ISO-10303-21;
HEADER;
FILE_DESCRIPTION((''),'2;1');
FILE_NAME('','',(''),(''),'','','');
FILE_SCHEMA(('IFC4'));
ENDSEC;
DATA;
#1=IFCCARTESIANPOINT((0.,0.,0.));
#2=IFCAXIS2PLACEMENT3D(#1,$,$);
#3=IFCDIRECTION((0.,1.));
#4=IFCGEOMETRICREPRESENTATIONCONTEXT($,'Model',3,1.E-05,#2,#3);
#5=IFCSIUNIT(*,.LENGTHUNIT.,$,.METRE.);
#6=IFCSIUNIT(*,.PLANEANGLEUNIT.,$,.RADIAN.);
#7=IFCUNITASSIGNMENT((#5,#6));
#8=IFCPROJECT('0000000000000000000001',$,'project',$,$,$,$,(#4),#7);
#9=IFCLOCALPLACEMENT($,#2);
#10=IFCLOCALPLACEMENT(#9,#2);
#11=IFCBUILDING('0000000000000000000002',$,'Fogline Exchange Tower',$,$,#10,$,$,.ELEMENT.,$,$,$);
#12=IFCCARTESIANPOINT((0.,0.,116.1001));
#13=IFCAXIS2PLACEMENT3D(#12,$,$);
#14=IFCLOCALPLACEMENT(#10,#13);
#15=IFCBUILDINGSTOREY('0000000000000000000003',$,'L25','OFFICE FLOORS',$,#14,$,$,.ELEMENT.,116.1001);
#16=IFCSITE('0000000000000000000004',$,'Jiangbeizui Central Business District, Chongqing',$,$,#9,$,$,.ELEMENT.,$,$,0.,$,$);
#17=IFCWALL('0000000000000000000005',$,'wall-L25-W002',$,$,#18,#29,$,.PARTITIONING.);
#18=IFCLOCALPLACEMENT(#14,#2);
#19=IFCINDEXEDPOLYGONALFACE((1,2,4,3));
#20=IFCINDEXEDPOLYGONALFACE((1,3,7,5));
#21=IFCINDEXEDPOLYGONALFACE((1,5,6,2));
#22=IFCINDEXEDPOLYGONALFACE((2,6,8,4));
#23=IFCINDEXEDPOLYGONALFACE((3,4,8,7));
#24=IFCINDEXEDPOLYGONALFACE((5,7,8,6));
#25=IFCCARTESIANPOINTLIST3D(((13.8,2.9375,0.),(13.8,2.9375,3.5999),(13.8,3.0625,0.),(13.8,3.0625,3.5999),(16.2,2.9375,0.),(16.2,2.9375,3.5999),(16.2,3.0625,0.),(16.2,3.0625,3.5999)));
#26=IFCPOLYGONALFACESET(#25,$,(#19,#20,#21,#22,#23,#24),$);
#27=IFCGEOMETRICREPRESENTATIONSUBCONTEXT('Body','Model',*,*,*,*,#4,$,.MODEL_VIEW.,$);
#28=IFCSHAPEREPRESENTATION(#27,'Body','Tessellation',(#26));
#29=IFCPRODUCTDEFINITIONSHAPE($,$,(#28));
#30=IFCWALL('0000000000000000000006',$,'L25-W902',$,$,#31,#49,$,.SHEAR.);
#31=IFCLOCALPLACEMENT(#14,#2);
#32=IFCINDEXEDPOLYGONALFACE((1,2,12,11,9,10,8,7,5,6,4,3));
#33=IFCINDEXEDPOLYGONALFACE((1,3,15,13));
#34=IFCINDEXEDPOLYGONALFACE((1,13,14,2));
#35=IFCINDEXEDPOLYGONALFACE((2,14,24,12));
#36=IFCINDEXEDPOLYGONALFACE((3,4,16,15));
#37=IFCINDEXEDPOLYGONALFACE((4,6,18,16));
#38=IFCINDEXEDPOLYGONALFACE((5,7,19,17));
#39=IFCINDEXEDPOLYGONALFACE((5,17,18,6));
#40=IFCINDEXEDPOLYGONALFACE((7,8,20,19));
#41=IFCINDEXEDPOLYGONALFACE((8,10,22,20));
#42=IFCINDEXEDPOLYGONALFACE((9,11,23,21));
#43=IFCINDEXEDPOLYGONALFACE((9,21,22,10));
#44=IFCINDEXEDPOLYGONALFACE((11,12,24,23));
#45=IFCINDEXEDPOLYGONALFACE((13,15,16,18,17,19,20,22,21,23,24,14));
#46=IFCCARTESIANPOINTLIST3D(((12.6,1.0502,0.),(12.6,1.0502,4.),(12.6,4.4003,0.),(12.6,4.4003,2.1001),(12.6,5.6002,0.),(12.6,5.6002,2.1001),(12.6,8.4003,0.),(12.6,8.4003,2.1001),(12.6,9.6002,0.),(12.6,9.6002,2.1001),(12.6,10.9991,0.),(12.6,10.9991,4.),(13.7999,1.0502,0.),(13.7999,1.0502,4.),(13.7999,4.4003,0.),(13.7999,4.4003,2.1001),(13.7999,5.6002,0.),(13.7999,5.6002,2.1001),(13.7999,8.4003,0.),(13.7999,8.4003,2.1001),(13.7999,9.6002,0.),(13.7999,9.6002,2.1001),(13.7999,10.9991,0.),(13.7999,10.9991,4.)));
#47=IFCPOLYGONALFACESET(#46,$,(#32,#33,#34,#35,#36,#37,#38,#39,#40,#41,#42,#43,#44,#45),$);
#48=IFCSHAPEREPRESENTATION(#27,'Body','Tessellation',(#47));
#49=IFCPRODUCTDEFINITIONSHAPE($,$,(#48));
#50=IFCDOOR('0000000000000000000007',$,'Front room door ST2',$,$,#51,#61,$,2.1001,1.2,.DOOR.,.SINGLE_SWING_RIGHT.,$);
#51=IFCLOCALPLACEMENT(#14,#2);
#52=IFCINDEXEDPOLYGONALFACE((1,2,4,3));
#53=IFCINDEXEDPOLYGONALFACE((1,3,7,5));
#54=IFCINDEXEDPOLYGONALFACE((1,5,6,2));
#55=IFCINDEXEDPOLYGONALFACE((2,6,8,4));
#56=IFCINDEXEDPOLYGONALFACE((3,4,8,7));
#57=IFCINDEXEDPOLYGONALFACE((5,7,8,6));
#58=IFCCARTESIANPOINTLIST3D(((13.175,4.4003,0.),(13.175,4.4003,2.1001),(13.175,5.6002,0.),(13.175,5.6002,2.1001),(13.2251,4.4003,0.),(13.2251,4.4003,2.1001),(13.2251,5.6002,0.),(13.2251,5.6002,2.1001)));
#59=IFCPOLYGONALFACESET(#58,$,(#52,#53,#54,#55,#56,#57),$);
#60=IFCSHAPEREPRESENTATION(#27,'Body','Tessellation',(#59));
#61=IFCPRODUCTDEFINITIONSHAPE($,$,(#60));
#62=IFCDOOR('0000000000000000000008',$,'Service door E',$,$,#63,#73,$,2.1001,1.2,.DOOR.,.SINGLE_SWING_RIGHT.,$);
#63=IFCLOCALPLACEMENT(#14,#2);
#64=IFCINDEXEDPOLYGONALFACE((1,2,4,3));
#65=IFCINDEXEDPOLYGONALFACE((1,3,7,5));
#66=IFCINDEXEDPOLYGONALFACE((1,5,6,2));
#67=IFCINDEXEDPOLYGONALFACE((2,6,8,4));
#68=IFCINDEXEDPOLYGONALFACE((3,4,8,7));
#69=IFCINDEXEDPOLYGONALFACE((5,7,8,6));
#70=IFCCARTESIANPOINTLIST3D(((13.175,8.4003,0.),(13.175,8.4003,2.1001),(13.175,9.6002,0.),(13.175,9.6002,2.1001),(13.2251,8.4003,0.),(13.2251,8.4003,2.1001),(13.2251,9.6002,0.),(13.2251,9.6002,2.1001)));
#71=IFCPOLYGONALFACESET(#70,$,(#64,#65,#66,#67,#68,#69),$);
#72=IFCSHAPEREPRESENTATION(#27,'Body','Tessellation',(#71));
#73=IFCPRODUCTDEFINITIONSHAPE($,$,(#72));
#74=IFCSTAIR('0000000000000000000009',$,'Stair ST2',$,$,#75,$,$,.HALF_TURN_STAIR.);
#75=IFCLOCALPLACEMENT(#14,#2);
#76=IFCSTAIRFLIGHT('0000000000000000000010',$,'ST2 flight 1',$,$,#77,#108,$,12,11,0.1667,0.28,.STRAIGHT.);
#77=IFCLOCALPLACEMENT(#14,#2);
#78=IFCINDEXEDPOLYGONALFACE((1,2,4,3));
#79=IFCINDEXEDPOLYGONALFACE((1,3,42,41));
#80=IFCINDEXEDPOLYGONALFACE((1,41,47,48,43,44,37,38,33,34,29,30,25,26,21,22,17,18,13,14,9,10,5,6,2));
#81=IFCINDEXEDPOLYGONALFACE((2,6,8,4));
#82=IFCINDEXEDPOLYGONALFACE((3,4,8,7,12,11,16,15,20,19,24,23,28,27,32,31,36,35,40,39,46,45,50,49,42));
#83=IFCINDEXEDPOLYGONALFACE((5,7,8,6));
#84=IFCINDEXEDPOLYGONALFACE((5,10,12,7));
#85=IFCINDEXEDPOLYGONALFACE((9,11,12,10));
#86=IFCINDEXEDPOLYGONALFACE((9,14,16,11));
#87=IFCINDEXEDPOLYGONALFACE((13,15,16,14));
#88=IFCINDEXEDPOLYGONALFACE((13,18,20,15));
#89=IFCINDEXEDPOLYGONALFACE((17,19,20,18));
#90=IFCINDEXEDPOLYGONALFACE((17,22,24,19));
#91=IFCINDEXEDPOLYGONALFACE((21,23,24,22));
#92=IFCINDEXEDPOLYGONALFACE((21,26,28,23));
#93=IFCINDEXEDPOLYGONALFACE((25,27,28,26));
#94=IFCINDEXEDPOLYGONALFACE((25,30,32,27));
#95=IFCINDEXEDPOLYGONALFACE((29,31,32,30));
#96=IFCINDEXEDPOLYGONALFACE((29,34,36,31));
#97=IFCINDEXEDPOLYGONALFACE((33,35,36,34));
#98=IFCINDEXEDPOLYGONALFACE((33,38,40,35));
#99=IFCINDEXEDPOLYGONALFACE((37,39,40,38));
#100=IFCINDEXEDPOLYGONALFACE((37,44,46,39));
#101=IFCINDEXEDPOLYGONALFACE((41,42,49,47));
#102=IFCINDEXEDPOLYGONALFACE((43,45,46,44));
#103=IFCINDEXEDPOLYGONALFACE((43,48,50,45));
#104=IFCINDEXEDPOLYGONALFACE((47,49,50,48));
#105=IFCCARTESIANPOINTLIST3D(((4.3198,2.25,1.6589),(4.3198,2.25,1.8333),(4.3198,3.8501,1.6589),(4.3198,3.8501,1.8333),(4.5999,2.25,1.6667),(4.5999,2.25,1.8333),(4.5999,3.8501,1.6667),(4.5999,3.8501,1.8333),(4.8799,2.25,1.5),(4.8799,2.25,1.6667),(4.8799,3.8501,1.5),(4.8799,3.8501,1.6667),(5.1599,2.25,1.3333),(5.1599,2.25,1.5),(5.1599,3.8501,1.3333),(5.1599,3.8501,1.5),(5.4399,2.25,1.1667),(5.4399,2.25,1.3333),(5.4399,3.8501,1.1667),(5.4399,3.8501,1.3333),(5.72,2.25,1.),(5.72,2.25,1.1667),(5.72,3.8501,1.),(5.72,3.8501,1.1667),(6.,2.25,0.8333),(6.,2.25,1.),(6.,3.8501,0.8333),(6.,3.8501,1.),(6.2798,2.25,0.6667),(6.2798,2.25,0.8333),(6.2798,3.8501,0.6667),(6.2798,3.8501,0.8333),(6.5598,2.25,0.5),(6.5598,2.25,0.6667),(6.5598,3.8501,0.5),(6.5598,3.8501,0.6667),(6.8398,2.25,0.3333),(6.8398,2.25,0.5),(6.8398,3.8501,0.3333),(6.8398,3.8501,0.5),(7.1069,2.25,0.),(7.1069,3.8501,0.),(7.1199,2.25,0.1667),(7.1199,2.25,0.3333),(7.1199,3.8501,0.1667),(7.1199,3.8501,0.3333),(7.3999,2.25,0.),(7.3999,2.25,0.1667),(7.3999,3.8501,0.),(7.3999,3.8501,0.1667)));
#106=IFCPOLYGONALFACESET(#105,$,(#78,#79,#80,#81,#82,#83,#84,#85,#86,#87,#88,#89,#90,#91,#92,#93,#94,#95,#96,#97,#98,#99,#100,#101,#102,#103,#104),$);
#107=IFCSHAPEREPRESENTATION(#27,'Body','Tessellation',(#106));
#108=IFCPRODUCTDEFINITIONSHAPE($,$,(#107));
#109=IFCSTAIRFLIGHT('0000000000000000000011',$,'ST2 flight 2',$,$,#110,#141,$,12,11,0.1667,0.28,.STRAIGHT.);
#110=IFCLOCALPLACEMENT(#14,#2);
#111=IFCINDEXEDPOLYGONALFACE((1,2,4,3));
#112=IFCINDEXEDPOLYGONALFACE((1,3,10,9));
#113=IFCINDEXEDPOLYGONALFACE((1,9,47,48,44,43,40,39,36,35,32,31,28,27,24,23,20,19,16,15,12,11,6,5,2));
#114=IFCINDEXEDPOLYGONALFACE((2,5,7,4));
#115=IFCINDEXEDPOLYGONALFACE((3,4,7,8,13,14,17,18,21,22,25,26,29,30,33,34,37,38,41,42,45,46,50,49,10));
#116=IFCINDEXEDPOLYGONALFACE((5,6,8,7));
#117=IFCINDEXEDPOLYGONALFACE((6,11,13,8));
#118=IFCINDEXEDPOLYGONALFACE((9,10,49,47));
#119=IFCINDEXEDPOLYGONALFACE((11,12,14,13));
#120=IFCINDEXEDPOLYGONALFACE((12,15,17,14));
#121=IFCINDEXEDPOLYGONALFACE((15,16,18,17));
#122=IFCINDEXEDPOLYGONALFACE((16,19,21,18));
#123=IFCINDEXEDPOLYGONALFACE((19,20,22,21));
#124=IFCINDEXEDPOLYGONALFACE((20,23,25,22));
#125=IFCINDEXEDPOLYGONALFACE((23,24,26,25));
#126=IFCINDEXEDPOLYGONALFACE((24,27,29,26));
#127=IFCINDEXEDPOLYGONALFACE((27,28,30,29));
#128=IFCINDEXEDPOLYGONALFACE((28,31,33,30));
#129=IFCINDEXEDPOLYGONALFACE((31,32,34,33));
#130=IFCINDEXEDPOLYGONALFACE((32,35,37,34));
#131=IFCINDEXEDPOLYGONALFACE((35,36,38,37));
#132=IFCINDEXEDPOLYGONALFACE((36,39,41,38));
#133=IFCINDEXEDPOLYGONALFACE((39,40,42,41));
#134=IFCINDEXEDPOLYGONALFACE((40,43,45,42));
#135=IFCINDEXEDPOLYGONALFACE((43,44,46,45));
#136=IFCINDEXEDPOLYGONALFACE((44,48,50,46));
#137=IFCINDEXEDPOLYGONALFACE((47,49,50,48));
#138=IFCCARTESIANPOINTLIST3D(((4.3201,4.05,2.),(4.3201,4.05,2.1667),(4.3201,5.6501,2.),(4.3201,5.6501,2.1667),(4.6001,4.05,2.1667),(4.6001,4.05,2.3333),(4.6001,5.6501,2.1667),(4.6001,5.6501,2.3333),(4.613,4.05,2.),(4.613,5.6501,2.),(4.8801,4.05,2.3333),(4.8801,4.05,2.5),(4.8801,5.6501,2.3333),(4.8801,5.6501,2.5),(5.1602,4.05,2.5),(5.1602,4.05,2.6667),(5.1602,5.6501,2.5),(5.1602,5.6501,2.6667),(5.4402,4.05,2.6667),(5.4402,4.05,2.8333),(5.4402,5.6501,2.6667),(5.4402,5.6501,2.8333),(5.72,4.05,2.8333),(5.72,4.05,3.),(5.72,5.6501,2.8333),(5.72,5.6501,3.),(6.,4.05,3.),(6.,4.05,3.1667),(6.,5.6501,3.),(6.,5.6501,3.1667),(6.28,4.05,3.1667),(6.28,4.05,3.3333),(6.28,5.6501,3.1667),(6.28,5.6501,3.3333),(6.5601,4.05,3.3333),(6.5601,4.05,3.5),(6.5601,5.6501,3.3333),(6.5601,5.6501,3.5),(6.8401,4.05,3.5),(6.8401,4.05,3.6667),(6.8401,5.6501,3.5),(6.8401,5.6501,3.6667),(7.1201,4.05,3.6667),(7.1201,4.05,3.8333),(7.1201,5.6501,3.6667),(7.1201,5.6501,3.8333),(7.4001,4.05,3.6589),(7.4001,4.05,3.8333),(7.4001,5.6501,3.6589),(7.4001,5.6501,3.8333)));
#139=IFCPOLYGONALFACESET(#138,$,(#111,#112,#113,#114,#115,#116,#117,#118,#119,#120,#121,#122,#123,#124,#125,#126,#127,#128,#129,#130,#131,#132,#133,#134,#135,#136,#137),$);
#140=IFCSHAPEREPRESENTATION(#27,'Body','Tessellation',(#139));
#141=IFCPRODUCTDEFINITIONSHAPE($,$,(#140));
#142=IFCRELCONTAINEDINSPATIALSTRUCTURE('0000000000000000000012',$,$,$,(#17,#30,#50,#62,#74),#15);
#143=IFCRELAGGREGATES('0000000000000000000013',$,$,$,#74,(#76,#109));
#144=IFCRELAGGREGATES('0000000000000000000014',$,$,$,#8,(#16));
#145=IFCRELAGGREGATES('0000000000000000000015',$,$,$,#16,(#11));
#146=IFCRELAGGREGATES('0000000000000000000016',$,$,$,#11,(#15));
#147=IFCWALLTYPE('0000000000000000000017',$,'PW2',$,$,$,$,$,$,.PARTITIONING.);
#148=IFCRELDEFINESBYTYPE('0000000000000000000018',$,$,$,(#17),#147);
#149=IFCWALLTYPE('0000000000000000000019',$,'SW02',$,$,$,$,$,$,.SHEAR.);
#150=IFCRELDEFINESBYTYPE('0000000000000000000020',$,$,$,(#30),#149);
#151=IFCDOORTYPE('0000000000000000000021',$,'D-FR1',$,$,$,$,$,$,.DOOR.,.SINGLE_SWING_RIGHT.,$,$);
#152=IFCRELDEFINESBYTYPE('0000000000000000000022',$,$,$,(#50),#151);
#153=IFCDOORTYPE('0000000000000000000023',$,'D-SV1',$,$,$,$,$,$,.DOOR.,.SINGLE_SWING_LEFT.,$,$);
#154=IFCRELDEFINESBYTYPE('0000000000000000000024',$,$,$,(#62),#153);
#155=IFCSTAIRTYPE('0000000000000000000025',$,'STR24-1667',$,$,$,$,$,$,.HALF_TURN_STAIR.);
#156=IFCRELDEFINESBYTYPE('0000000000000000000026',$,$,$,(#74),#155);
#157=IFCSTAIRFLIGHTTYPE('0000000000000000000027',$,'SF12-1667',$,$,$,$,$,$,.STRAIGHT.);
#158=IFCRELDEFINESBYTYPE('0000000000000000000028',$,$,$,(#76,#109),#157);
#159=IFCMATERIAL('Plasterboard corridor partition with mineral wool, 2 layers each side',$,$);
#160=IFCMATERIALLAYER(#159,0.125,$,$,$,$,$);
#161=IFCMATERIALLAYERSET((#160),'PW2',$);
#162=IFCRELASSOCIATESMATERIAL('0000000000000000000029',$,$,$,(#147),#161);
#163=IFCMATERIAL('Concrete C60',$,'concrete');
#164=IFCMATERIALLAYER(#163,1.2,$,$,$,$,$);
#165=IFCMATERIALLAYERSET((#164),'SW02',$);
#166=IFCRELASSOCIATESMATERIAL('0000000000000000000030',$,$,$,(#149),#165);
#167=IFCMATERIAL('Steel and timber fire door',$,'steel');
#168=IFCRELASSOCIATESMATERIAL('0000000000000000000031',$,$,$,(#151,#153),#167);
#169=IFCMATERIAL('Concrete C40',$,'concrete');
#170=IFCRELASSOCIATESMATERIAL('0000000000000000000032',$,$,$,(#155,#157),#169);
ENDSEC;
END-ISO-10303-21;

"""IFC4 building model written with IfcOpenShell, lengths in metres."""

from ifc_helpers import new_model, si_unit, direction, frame, frame_2d, origin, place, context, subcontext, project, spatial, polyline, rectangle, outline, extrude, material, layer, layer_set, type_object, element, fill, aggregate, save


model = new_model("IFC4")

# Units and contexts
model_context = context("Model", 3, precision=1e-05, world=origin(), true_north=direction((0.0, 1.0)))
body_context = subcontext(model_context, "Body", "Model", "MODEL_VIEW")
ifc_project = project(units=[si_unit("LENGTHUNIT", "METRE"), si_unit("PLANEANGLEUNIT", "RADIAN")], contexts=[model_context])

# Site, building, storey
site_placement = place(None, origin())
site = spatial("IfcSite", under=ifc_project, at=site_placement, Name="Jiangbeizui Central Business District, Chongqing", CompositionType="ELEMENT", RefElevation=0.0)
building_placement = place(site_placement, origin())
building = spatial("IfcBuilding", under=site, at=building_placement, Name="Fogline Exchange Tower", CompositionType="ELEMENT")
storey_placement = place(building_placement, frame((0.0, 0.0, 116.1001)))
storey = spatial("IfcBuildingStorey", under=building, at=storey_placement, Name="L25", Description="OFFICE FLOORS", CompositionType="ELEMENT", Elevation=116.1001)

# Shared definitions
ifc_material_1 = material(Name="Concrete C40", Category="concrete")

# Shared definitions
ifc_material_2 = material(Name="Steel and timber fire door", Category="steel")

# Shared definitions
ifc_material_3 = material(Name="Concrete C60", Category="concrete")

# Shared definitions
ifc_material_4 = material(Name="Plasterboard corridor partition with mineral wool, 2 layers each side")
ifc_layer_1 = layer(ifc_material_4, 0.125)
ifc_layer_set_1 = layer_set([ifc_layer_1], Name="PW2")
wall_type_1 = type_object("IfcWallType", Name="PW2", PredefinedType="PARTITIONING", material=ifc_layer_set_1)

# Wall
wall_1_placement = place(storey_placement, frame((16.2, 3.0, 0.0), z_axis=(0.0, 0.0, 1.0), x_axis=(-1.0, 0.0, 0.0)))
element("IfcWall", 1, at=wall_1_placement, inside=storey, type_object=wall_type_1, Name="wall-L25-W002", PredefinedType="PARTITIONING", context=body_context, shape_type="SweptSolid", body=[
    extrude(rectangle(XDim=2.3999, YDim=0.125, at=frame_2d((1.2, 0.0))), origin(), (0.0, 0.0, 1.0), 3.5999),
])

# Wall, openings, doors
ifc_layer_2 = layer(ifc_material_3, 1.2)
ifc_layer_set_2 = layer_set([ifc_layer_2], Name="SW02")
wall_type_2 = type_object("IfcWallType", Name="SW02", PredefinedType="SHEAR", material=ifc_layer_set_2)
wall_2_placement = place(storey_placement, frame((13.2, 1.05, 0.0), z_axis=(0.0, 0.0, 1.0), x_axis=(0.0, 1.0, 0.0)))
wall_2 = element("IfcWall", 2, at=wall_2_placement, inside=storey, type_object=wall_type_2, Name="L25-W902", PredefinedType="SHEAR", context=body_context, shape_type="SweptSolid", body=[
    extrude(rectangle(XDim=9.949, YDim=1.2, at=frame_2d((4.9746, 0.0))), origin(), (0.0, 0.0, 1.0), 4.0),
])
opening_1_placement = place(wall_2_placement, frame((3.3501, 0.0, 0.0)))
opening_1 = element("IfcOpeningElement", 3, at=opening_1_placement, cuts=wall_2, PredefinedType="OPENING", context=body_context, shape_type="SweptSolid", body=[
    extrude(rectangle(XDim=1.2, YDim=2.1001, at=frame_2d((0.6001, 1.05))), frame((0.0, 0.6099, 0.0), z_axis=(0.0, -1.0, 0.0), x_axis=(1.0, 0.0, 0.0)), (0.0, 0.0, 1.0), 1.22),
])
opening_2_placement = place(wall_2_placement, frame((7.3501, 0.0, 0.0)))
opening_2 = element("IfcOpeningElement", 4, at=opening_2_placement, cuts=wall_2, PredefinedType="OPENING", context=body_context, shape_type="SweptSolid", body=[
    extrude(rectangle(XDim=1.2, YDim=2.1001, at=frame_2d((0.6001, 1.05))), frame((0.0, 0.6099, 0.0), z_axis=(0.0, -1.0, 0.0), x_axis=(1.0, 0.0, 0.0)), (0.0, 0.0, 1.0), 1.22),
])
door_type_1 = type_object("IfcDoorType", Name="D-FR1", OperationType="SINGLE_SWING_RIGHT", PredefinedType="DOOR", material=ifc_material_2)
door_1_placement = place(opening_1_placement, origin())
door_1 = element("IfcDoor", 5, at=door_1_placement, inside=storey, type_object=door_type_1, Name="Front room door ST2", OperationType="SINGLE_SWING_RIGHT", OverallHeight=2.1001, OverallWidth=1.2, PredefinedType="DOOR", context=body_context, shape_type="SweptSolid", body=[
    extrude(rectangle(XDim=1.2, YDim=2.1001, at=frame_2d((0.6001, 1.05))), frame((0.0, 0.0249, 0.0), z_axis=(0.0, -1.0, 0.0), x_axis=(1.0, 0.0, 0.0)), (0.0, 0.0, 1.0), 0.05),
])
fill(opening_1, door_1)
door_type_2 = type_object("IfcDoorType", Name="D-SV1", OperationType="SINGLE_SWING_LEFT", PredefinedType="DOOR", material=ifc_material_2)
door_2_placement = place(opening_2_placement, origin())
door_2 = element("IfcDoor", 6, at=door_2_placement, inside=storey, type_object=door_type_2, Name="Service door E", OperationType="SINGLE_SWING_RIGHT", OverallHeight=2.1001, OverallWidth=1.2, PredefinedType="DOOR", context=body_context, shape_type="SweptSolid", body=[
    extrude(rectangle(XDim=1.2, YDim=2.1001, at=frame_2d((0.6001, 1.05))), frame((0.0, 0.0249, 0.0), z_axis=(0.0, -1.0, 0.0), x_axis=(1.0, 0.0, 0.0)), (0.0, 0.0, 1.0), 0.05),
])
fill(opening_2, door_2)

# Stair, stair flights
stair_type = type_object("IfcStairType", Name="STR24-1667", PredefinedType="HALF_TURN_STAIR", material=ifc_material_1)
stair_placement = place(storey_placement, origin())
stair = element("IfcStair", 7, at=stair_placement, inside=storey, type_object=stair_type, Name="Stair ST2", PredefinedType="HALF_TURN_STAIR")
stair_flight_type = type_object("IfcStairFlightType", Name="SF12-1667", PredefinedType="STRAIGHT", material=ifc_material_1)
stair_flight_1_placement = place(storey_placement, frame((7.3999, 3.05, 0.0), z_axis=(0.0, 0.0, 1.0), x_axis=(-1.0, 0.0, 0.0)))
stair_flight_1 = element("IfcStairFlight", 8, at=stair_flight_1_placement, type_object=stair_flight_type, Name="ST2 flight 1", NumberOfRisers=12, NumberOfTreads=11, PredefinedType="STRAIGHT", RiserHeight=0.1667, TreadLength=0.28, context=body_context, shape_type="SweptSolid", body=[
    extrude(outline(polyline([(0.0, 0.0), (0.0, 0.1667), (0.28, 0.1667), (0.28, 0.3333), (0.5601, 0.3333), (0.5601, 0.5), (0.8401, 0.5), (0.8401, 0.6667), (1.1201, 0.6667), (1.1201, 0.8333), (1.3999, 0.8333), (1.3999, 1.0), (1.6799, 1.0), (1.6799, 1.1667), (1.96, 1.1667), (1.96, 1.3333), (2.24, 1.3333), (2.24, 1.5), (2.52, 1.5), (2.52, 1.6667), (2.8, 1.6667), (2.8, 1.8333), (3.0801, 1.8333), (3.0801, 2.0), (3.0801, 1.6589), (0.293, 0.0), (0.0, 0.0)])), frame((0.0, 0.8, 0.0), z_axis=(0.0, -1.0, 0.0), x_axis=(1.0, 0.0, 0.0)), (0.0, 0.0, 1.0), 1.6001),
])
stair_flight_2_placement = place(storey_placement, frame((4.3201, 4.8501, 2.0), z_axis=(0.0, 0.0, 1.0), x_axis=(1.0, 0.0, 0.0)))
stair_flight_2 = element("IfcStairFlight", 9, at=stair_flight_2_placement, type_object=stair_flight_type, Name="ST2 flight 2", NumberOfRisers=12, NumberOfTreads=11, PredefinedType="STRAIGHT", RiserHeight=0.1667, TreadLength=0.28, context=body_context, shape_type="SweptSolid", body=[
    extrude(outline(polyline([(0.0, 0.0), (0.0, 0.1667), (0.28, 0.1667), (0.28, 0.3333), (0.5601, 0.3333), (0.5601, 0.5), (0.8401, 0.5), (0.8401, 0.6667), (1.1201, 0.6667), (1.1201, 0.8333), (1.3999, 0.8333), (1.3999, 1.0), (1.6799, 1.0), (1.6799, 1.1667), (1.96, 1.1667), (1.96, 1.3333), (2.24, 1.3333), (2.24, 1.5), (2.52, 1.5), (2.52, 1.6667), (2.8, 1.6667), (2.8, 1.8333), (3.0801, 1.8333), (3.0801, 2.0), (3.0801, 1.6589), (0.293, 0.0), (0.0, 0.0)])), frame((0.0, 0.8, 0.0), z_axis=(0.0, -1.0, 0.0), x_axis=(1.0, 0.0, 0.0)), (0.0, 0.0, 1.0), 1.6001),
])
aggregate(stair, [stair_flight_1, stair_flight_2])

save(model, "model.ifc")
